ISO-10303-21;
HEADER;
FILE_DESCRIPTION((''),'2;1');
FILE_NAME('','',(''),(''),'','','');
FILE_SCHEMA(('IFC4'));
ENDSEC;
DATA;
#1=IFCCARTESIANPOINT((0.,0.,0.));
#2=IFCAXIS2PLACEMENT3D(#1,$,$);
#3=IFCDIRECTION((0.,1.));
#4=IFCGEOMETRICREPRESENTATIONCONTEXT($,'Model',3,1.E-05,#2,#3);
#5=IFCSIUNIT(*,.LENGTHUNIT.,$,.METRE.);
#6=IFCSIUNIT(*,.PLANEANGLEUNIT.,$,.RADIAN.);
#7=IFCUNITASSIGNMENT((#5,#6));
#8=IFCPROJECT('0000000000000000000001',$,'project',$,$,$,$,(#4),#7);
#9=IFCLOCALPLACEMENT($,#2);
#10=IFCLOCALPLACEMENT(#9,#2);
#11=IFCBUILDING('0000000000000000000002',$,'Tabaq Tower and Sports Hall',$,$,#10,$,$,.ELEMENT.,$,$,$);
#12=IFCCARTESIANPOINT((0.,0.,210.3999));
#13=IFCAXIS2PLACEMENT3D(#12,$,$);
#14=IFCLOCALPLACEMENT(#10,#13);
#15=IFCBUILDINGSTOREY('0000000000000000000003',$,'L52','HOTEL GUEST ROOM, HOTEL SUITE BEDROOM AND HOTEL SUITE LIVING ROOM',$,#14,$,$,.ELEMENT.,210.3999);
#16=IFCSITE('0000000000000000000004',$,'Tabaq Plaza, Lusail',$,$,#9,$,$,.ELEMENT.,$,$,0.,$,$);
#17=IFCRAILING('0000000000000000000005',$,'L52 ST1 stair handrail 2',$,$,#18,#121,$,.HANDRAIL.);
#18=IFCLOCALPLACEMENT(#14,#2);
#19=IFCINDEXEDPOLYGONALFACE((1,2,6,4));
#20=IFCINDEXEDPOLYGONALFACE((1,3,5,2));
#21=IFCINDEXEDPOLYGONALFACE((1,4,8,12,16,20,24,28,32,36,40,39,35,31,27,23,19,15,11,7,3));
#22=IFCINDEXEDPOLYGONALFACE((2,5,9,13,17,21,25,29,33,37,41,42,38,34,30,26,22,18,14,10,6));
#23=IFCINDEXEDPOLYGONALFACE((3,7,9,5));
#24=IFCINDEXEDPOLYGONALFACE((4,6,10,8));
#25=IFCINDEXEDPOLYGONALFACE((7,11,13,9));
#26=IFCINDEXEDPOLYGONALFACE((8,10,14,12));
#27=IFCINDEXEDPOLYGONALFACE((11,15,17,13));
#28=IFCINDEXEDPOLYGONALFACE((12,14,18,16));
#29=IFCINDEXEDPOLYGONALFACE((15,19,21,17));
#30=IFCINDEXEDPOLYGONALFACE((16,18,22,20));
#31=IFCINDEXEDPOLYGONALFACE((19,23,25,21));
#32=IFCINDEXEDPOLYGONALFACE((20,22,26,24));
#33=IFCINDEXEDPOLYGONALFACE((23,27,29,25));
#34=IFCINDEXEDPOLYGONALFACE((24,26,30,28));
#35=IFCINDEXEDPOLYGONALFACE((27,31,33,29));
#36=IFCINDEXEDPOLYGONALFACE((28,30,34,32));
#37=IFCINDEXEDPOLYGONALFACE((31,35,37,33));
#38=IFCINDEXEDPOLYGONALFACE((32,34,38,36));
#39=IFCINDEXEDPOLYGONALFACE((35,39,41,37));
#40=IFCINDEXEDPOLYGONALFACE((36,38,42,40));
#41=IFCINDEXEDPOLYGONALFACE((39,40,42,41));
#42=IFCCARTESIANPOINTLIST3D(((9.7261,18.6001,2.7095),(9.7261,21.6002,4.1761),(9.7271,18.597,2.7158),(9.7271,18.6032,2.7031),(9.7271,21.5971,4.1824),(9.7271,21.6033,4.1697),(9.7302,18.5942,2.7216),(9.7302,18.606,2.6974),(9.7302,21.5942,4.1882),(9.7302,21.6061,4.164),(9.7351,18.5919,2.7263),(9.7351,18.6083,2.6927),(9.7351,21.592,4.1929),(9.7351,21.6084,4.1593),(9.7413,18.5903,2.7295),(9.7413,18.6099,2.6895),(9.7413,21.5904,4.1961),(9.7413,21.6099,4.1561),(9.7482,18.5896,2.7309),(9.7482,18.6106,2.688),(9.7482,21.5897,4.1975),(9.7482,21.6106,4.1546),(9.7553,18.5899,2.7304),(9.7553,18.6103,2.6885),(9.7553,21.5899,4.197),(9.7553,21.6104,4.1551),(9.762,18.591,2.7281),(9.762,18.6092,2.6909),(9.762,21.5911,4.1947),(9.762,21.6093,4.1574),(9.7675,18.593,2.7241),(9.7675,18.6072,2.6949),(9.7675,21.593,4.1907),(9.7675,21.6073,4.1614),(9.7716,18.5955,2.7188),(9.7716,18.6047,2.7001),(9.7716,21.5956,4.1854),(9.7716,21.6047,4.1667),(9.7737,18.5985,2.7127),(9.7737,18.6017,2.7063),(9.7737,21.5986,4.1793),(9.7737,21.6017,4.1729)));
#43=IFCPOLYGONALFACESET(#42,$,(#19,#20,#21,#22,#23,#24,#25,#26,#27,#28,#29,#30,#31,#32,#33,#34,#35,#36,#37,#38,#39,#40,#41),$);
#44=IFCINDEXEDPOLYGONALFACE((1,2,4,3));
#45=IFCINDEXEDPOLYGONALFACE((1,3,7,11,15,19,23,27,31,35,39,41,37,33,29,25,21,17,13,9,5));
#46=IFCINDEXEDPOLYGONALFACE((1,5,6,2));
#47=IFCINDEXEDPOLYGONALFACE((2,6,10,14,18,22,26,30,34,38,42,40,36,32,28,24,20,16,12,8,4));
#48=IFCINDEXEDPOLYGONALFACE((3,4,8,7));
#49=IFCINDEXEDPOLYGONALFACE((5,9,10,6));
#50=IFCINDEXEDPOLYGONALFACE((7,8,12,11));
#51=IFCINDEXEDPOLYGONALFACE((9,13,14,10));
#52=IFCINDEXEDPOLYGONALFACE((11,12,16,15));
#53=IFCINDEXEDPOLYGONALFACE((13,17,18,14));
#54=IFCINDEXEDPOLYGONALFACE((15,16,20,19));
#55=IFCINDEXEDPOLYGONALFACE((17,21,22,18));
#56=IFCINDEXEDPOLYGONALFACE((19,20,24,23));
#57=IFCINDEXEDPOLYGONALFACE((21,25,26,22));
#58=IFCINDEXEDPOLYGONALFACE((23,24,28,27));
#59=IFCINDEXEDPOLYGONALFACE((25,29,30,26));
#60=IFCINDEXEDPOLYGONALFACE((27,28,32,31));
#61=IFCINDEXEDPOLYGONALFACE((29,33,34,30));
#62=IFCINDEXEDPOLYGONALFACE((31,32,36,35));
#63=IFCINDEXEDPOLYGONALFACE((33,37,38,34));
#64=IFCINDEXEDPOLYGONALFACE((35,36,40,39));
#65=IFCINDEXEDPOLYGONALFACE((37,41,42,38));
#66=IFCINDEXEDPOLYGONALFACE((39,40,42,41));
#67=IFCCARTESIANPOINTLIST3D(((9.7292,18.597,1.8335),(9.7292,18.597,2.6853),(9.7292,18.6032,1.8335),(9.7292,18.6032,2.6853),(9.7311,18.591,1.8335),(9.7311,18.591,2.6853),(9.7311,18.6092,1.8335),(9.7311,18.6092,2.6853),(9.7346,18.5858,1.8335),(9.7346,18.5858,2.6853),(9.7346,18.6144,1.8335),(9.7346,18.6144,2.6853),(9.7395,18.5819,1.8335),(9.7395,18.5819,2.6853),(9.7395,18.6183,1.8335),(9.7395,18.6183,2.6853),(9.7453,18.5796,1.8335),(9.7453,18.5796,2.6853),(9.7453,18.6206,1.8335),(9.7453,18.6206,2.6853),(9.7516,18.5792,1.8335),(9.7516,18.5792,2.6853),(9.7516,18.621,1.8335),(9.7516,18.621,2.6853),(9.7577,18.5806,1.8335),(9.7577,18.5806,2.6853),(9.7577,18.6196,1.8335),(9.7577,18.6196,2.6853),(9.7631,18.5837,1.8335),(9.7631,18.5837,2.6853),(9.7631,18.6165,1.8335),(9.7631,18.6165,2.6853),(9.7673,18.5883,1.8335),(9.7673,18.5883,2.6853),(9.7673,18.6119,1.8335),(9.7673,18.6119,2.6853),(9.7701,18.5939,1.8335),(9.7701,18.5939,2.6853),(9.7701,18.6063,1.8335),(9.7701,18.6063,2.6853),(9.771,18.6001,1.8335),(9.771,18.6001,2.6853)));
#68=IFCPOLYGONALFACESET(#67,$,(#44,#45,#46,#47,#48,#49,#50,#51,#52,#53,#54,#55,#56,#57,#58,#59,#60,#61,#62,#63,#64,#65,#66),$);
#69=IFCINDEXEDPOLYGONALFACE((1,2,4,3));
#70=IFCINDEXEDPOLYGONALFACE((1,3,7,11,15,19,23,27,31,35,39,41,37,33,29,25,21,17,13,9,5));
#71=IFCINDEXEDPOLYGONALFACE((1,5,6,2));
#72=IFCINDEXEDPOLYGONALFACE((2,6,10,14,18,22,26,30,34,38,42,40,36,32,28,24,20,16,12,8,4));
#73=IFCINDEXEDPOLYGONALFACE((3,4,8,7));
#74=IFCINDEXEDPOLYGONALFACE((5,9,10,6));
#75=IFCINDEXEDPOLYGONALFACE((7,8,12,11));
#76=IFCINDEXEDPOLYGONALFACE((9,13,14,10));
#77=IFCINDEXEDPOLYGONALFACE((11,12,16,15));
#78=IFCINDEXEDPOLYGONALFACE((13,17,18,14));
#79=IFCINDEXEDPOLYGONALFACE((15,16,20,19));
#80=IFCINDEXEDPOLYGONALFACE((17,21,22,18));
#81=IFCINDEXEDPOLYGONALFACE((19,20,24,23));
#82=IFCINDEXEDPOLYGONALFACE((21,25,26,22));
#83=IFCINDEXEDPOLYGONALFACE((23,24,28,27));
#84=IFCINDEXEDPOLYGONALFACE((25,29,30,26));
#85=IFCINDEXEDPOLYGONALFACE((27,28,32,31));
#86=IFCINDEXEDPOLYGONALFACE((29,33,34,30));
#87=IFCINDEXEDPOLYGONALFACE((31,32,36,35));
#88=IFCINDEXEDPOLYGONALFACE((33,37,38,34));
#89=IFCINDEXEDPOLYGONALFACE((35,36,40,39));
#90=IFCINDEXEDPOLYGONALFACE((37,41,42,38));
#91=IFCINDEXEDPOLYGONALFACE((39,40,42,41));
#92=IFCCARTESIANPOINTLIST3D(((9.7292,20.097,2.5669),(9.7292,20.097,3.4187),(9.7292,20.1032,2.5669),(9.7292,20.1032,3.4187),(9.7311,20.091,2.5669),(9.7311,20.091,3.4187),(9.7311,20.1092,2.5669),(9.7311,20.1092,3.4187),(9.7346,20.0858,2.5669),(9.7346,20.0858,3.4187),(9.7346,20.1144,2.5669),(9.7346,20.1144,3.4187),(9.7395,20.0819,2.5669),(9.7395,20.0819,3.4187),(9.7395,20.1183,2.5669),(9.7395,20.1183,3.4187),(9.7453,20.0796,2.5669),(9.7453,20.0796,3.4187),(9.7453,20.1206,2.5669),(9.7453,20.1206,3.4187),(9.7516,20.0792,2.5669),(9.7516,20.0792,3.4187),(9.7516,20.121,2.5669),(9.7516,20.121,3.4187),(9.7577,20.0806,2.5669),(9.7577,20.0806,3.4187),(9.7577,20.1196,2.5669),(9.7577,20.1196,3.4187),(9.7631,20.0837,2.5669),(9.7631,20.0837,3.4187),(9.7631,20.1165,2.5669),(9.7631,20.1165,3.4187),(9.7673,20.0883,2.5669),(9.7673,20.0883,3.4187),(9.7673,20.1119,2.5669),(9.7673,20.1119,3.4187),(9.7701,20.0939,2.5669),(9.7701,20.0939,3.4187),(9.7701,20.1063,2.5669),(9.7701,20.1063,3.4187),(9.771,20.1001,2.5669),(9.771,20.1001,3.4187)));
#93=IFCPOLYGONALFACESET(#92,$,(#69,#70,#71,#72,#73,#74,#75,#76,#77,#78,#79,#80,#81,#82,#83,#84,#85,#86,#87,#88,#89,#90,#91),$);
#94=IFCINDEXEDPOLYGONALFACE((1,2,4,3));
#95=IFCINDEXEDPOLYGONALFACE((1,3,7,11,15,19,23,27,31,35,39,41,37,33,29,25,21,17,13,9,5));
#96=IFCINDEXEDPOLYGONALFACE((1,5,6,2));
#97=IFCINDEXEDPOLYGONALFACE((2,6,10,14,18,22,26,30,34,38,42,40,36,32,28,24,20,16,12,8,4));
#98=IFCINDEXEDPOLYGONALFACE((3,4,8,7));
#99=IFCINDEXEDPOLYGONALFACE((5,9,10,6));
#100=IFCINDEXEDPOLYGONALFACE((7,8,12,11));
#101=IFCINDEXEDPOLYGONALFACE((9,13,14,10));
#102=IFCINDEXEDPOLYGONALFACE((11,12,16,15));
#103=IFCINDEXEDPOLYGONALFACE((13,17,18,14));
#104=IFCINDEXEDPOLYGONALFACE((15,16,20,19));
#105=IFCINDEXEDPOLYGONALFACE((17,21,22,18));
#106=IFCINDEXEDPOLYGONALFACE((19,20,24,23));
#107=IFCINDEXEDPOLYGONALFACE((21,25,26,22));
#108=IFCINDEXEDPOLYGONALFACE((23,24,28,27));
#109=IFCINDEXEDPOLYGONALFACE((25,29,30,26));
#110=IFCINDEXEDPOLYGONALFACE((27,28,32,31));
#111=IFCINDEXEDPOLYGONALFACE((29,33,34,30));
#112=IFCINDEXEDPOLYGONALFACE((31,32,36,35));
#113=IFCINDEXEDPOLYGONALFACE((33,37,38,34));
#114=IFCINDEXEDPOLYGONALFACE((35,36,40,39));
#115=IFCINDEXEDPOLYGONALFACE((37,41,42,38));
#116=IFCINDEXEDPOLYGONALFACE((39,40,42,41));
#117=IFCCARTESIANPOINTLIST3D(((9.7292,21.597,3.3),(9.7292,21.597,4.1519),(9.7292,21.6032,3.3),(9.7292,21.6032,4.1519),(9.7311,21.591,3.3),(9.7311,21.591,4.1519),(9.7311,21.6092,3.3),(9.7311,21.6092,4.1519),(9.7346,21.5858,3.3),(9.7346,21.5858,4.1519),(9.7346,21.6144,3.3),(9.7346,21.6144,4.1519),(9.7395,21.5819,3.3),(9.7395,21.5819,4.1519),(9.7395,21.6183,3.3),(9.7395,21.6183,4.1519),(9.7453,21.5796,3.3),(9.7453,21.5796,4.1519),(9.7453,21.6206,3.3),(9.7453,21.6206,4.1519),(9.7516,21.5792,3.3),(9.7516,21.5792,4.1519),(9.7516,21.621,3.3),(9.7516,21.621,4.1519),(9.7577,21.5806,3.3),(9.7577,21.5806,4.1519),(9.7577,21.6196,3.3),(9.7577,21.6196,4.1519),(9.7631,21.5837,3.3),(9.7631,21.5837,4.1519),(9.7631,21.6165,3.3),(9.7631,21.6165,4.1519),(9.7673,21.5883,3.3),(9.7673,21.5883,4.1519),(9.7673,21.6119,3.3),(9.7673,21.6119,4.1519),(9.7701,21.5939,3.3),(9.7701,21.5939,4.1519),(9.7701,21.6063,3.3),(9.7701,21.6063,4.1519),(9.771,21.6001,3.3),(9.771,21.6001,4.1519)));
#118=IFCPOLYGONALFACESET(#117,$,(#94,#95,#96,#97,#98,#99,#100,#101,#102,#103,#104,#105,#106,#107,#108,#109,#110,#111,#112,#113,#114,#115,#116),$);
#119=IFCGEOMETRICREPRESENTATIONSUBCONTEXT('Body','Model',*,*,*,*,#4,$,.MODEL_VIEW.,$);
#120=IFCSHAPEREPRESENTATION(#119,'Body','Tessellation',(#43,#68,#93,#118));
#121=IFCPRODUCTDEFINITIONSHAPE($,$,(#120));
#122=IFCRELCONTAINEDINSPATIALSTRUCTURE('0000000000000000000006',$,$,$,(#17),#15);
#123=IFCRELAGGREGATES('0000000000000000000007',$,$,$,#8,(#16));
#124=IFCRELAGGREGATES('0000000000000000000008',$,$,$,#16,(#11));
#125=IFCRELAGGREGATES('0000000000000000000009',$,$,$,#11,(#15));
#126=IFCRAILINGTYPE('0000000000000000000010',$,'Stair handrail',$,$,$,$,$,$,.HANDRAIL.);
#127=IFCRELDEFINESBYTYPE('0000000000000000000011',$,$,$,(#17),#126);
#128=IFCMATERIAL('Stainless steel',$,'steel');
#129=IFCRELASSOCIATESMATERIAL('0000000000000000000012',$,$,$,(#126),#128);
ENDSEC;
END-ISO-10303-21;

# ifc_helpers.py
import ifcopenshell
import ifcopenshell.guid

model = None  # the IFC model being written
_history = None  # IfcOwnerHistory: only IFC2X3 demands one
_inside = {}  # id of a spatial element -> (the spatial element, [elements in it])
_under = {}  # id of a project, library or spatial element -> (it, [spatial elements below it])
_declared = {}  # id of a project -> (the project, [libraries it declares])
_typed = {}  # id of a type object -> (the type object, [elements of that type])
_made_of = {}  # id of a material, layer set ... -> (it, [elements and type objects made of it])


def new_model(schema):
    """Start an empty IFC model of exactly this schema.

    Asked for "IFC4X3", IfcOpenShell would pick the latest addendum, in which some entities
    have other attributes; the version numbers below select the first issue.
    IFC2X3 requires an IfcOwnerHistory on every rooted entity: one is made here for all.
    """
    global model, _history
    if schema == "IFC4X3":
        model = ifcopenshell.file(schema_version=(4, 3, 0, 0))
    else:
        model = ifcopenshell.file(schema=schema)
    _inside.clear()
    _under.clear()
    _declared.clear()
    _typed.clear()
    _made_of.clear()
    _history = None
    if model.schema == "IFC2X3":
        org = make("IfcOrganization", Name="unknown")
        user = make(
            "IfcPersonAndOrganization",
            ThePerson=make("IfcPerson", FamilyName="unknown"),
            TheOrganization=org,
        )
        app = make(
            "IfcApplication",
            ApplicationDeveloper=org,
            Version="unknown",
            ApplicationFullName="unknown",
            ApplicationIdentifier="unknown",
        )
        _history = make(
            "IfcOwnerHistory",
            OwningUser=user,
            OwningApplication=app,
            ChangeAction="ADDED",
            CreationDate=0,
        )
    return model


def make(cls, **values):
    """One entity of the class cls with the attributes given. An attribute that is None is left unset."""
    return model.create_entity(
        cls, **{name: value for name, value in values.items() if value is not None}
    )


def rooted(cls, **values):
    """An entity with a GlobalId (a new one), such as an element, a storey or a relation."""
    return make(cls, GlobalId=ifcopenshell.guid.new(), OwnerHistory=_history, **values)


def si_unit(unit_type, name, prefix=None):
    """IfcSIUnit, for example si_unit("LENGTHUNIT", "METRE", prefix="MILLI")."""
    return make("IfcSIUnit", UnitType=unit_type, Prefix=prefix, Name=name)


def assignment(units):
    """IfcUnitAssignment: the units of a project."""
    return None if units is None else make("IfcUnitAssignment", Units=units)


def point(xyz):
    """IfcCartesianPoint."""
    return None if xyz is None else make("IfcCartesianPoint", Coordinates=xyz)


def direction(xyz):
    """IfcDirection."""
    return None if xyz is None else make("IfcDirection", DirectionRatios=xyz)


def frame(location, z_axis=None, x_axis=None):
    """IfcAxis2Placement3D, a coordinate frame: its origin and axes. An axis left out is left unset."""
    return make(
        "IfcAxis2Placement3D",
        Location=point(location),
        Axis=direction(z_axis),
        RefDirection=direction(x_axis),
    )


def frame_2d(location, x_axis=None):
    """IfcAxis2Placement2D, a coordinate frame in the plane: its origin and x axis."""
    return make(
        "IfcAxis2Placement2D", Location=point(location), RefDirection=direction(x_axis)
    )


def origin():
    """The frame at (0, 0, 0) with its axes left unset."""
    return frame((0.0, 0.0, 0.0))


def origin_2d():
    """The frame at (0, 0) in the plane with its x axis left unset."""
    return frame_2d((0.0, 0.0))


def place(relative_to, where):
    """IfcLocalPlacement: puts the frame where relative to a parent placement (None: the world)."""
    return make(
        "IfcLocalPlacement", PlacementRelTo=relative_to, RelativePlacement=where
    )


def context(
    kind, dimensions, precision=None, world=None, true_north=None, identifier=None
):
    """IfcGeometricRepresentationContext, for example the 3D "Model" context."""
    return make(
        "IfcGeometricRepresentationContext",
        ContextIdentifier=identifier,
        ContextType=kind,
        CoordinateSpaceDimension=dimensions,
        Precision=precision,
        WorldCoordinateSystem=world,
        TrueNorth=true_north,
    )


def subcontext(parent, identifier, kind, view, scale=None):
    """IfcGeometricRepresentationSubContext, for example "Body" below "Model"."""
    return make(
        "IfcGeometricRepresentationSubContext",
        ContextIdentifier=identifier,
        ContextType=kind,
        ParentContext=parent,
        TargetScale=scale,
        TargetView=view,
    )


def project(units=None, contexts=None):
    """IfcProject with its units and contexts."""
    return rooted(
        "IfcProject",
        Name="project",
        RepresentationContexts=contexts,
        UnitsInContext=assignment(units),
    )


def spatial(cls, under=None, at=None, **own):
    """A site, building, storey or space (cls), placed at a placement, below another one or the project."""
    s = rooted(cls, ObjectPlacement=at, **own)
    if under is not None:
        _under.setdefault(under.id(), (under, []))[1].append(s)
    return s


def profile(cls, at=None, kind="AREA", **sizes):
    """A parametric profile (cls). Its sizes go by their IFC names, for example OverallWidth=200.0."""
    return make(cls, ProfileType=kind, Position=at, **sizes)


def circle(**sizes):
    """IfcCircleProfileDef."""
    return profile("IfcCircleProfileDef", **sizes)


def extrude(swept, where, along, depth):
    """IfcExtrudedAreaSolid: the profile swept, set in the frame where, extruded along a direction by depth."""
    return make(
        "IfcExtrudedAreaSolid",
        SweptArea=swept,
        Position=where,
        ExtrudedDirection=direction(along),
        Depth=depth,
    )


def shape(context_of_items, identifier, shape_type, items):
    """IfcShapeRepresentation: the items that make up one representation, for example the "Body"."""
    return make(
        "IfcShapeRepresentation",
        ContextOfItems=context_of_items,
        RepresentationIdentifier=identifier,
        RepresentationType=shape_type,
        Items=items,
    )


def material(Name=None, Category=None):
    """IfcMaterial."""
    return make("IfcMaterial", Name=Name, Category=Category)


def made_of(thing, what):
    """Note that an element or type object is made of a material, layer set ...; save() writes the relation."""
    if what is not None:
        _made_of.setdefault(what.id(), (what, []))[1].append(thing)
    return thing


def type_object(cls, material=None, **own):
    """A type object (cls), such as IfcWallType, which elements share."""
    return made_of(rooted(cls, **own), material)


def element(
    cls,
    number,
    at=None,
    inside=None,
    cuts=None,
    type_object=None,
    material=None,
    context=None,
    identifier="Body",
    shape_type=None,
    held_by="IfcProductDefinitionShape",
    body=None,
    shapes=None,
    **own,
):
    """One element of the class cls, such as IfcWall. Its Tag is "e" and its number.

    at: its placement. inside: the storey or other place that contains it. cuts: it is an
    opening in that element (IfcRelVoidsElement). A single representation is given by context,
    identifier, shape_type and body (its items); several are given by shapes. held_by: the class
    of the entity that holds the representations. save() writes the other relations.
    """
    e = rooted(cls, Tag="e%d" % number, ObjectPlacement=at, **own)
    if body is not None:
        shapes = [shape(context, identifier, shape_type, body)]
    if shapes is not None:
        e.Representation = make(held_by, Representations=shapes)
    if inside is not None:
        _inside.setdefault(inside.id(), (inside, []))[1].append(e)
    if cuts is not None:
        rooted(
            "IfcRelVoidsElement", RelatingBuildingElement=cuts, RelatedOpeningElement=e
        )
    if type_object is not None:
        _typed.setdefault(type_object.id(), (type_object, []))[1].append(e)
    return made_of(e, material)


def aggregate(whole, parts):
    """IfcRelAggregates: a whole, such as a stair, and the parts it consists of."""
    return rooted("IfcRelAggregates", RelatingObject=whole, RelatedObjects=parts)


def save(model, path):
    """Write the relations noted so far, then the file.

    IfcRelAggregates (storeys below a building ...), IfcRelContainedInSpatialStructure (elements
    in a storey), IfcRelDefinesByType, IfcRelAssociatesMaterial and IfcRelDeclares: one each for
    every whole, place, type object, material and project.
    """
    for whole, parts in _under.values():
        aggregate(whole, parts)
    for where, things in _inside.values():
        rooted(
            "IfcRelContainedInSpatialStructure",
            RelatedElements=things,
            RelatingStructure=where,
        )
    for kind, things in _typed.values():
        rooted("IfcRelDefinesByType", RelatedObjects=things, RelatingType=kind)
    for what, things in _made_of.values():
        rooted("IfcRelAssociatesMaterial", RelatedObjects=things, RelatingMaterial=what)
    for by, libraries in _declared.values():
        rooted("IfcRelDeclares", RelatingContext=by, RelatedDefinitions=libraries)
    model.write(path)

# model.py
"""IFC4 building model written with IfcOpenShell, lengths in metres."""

from ifc_helpers import new_model, si_unit, direction, frame, origin, origin_2d, place, context, subcontext, project, spatial, circle, extrude, material, type_object, element, save


model = new_model("IFC4")

# Units and contexts
model_context = context("Model", 3, precision=1e-05, world=origin(), true_north=direction((0.0, 1.0)))
body_context = subcontext(model_context, "Body", "Model", "MODEL_VIEW")
ifc_project = project(units=[si_unit("LENGTHUNIT", "METRE"), si_unit("PLANEANGLEUNIT", "RADIAN")], contexts=[model_context])

# Site, building, storey
site_placement = place(None, origin())
site = spatial("IfcSite", under=ifc_project, at=site_placement, Name="Tabaq Plaza, Lusail", CompositionType="ELEMENT", RefElevation=0.0)
building_placement = place(site_placement, origin())
building = spatial("IfcBuilding", under=site, at=building_placement, Name="Tabaq Tower and Sports Hall", CompositionType="ELEMENT")
storey_placement = place(building_placement, frame((0.0, 0.0, 210.3999)))
storey = spatial("IfcBuildingStorey", under=building, at=storey_placement, Name="L52", Description="HOTEL GUEST ROOM, HOTEL SUITE BEDROOM AND HOTEL SUITE LIVING ROOM", CompositionType="ELEMENT", Elevation=210.3999)

# Railing
ifc_material_1 = material(Name="Stainless steel", Category="steel")
railing_type_1 = type_object("IfcRailingType", Name="Stair handrail", PredefinedType="HANDRAIL", material=ifc_material_1)
railing_1_placement = place(storey_placement, frame((9.75, 18.6001, 1.8335)))
element("IfcRailing", 1, at=railing_1_placement, inside=storey, type_object=railing_type_1, Name="L52 ST1 stair handrail 2", PredefinedType="HANDRAIL", context=body_context, shape_type="SweptSolid", body=[
    extrude(circle(Radius=0.0239, at=origin_2d()), frame((0.0, 0.0, 0.876), z_axis=(0.0, 0.898398, 0.439183), x_axis=(-1.0, 0.0, 0.0)), (0.0, 0.0, 1.0), 3.3394),
    extrude(circle(Radius=0.021, at=origin_2d()), origin(), (0.0, 0.0, 1.0), 0.8518),
    extrude(circle(Radius=0.021, at=origin_2d()), frame((0.0, 1.5, 0.7334)), (0.0, 0.0, 1.0), 0.8518),
    extrude(circle(Radius=0.021, at=origin_2d()), frame((0.0, 3.0, 1.4666)), (0.0, 0.0, 1.0), 0.8518),
])

save(model, "model.ifc")
